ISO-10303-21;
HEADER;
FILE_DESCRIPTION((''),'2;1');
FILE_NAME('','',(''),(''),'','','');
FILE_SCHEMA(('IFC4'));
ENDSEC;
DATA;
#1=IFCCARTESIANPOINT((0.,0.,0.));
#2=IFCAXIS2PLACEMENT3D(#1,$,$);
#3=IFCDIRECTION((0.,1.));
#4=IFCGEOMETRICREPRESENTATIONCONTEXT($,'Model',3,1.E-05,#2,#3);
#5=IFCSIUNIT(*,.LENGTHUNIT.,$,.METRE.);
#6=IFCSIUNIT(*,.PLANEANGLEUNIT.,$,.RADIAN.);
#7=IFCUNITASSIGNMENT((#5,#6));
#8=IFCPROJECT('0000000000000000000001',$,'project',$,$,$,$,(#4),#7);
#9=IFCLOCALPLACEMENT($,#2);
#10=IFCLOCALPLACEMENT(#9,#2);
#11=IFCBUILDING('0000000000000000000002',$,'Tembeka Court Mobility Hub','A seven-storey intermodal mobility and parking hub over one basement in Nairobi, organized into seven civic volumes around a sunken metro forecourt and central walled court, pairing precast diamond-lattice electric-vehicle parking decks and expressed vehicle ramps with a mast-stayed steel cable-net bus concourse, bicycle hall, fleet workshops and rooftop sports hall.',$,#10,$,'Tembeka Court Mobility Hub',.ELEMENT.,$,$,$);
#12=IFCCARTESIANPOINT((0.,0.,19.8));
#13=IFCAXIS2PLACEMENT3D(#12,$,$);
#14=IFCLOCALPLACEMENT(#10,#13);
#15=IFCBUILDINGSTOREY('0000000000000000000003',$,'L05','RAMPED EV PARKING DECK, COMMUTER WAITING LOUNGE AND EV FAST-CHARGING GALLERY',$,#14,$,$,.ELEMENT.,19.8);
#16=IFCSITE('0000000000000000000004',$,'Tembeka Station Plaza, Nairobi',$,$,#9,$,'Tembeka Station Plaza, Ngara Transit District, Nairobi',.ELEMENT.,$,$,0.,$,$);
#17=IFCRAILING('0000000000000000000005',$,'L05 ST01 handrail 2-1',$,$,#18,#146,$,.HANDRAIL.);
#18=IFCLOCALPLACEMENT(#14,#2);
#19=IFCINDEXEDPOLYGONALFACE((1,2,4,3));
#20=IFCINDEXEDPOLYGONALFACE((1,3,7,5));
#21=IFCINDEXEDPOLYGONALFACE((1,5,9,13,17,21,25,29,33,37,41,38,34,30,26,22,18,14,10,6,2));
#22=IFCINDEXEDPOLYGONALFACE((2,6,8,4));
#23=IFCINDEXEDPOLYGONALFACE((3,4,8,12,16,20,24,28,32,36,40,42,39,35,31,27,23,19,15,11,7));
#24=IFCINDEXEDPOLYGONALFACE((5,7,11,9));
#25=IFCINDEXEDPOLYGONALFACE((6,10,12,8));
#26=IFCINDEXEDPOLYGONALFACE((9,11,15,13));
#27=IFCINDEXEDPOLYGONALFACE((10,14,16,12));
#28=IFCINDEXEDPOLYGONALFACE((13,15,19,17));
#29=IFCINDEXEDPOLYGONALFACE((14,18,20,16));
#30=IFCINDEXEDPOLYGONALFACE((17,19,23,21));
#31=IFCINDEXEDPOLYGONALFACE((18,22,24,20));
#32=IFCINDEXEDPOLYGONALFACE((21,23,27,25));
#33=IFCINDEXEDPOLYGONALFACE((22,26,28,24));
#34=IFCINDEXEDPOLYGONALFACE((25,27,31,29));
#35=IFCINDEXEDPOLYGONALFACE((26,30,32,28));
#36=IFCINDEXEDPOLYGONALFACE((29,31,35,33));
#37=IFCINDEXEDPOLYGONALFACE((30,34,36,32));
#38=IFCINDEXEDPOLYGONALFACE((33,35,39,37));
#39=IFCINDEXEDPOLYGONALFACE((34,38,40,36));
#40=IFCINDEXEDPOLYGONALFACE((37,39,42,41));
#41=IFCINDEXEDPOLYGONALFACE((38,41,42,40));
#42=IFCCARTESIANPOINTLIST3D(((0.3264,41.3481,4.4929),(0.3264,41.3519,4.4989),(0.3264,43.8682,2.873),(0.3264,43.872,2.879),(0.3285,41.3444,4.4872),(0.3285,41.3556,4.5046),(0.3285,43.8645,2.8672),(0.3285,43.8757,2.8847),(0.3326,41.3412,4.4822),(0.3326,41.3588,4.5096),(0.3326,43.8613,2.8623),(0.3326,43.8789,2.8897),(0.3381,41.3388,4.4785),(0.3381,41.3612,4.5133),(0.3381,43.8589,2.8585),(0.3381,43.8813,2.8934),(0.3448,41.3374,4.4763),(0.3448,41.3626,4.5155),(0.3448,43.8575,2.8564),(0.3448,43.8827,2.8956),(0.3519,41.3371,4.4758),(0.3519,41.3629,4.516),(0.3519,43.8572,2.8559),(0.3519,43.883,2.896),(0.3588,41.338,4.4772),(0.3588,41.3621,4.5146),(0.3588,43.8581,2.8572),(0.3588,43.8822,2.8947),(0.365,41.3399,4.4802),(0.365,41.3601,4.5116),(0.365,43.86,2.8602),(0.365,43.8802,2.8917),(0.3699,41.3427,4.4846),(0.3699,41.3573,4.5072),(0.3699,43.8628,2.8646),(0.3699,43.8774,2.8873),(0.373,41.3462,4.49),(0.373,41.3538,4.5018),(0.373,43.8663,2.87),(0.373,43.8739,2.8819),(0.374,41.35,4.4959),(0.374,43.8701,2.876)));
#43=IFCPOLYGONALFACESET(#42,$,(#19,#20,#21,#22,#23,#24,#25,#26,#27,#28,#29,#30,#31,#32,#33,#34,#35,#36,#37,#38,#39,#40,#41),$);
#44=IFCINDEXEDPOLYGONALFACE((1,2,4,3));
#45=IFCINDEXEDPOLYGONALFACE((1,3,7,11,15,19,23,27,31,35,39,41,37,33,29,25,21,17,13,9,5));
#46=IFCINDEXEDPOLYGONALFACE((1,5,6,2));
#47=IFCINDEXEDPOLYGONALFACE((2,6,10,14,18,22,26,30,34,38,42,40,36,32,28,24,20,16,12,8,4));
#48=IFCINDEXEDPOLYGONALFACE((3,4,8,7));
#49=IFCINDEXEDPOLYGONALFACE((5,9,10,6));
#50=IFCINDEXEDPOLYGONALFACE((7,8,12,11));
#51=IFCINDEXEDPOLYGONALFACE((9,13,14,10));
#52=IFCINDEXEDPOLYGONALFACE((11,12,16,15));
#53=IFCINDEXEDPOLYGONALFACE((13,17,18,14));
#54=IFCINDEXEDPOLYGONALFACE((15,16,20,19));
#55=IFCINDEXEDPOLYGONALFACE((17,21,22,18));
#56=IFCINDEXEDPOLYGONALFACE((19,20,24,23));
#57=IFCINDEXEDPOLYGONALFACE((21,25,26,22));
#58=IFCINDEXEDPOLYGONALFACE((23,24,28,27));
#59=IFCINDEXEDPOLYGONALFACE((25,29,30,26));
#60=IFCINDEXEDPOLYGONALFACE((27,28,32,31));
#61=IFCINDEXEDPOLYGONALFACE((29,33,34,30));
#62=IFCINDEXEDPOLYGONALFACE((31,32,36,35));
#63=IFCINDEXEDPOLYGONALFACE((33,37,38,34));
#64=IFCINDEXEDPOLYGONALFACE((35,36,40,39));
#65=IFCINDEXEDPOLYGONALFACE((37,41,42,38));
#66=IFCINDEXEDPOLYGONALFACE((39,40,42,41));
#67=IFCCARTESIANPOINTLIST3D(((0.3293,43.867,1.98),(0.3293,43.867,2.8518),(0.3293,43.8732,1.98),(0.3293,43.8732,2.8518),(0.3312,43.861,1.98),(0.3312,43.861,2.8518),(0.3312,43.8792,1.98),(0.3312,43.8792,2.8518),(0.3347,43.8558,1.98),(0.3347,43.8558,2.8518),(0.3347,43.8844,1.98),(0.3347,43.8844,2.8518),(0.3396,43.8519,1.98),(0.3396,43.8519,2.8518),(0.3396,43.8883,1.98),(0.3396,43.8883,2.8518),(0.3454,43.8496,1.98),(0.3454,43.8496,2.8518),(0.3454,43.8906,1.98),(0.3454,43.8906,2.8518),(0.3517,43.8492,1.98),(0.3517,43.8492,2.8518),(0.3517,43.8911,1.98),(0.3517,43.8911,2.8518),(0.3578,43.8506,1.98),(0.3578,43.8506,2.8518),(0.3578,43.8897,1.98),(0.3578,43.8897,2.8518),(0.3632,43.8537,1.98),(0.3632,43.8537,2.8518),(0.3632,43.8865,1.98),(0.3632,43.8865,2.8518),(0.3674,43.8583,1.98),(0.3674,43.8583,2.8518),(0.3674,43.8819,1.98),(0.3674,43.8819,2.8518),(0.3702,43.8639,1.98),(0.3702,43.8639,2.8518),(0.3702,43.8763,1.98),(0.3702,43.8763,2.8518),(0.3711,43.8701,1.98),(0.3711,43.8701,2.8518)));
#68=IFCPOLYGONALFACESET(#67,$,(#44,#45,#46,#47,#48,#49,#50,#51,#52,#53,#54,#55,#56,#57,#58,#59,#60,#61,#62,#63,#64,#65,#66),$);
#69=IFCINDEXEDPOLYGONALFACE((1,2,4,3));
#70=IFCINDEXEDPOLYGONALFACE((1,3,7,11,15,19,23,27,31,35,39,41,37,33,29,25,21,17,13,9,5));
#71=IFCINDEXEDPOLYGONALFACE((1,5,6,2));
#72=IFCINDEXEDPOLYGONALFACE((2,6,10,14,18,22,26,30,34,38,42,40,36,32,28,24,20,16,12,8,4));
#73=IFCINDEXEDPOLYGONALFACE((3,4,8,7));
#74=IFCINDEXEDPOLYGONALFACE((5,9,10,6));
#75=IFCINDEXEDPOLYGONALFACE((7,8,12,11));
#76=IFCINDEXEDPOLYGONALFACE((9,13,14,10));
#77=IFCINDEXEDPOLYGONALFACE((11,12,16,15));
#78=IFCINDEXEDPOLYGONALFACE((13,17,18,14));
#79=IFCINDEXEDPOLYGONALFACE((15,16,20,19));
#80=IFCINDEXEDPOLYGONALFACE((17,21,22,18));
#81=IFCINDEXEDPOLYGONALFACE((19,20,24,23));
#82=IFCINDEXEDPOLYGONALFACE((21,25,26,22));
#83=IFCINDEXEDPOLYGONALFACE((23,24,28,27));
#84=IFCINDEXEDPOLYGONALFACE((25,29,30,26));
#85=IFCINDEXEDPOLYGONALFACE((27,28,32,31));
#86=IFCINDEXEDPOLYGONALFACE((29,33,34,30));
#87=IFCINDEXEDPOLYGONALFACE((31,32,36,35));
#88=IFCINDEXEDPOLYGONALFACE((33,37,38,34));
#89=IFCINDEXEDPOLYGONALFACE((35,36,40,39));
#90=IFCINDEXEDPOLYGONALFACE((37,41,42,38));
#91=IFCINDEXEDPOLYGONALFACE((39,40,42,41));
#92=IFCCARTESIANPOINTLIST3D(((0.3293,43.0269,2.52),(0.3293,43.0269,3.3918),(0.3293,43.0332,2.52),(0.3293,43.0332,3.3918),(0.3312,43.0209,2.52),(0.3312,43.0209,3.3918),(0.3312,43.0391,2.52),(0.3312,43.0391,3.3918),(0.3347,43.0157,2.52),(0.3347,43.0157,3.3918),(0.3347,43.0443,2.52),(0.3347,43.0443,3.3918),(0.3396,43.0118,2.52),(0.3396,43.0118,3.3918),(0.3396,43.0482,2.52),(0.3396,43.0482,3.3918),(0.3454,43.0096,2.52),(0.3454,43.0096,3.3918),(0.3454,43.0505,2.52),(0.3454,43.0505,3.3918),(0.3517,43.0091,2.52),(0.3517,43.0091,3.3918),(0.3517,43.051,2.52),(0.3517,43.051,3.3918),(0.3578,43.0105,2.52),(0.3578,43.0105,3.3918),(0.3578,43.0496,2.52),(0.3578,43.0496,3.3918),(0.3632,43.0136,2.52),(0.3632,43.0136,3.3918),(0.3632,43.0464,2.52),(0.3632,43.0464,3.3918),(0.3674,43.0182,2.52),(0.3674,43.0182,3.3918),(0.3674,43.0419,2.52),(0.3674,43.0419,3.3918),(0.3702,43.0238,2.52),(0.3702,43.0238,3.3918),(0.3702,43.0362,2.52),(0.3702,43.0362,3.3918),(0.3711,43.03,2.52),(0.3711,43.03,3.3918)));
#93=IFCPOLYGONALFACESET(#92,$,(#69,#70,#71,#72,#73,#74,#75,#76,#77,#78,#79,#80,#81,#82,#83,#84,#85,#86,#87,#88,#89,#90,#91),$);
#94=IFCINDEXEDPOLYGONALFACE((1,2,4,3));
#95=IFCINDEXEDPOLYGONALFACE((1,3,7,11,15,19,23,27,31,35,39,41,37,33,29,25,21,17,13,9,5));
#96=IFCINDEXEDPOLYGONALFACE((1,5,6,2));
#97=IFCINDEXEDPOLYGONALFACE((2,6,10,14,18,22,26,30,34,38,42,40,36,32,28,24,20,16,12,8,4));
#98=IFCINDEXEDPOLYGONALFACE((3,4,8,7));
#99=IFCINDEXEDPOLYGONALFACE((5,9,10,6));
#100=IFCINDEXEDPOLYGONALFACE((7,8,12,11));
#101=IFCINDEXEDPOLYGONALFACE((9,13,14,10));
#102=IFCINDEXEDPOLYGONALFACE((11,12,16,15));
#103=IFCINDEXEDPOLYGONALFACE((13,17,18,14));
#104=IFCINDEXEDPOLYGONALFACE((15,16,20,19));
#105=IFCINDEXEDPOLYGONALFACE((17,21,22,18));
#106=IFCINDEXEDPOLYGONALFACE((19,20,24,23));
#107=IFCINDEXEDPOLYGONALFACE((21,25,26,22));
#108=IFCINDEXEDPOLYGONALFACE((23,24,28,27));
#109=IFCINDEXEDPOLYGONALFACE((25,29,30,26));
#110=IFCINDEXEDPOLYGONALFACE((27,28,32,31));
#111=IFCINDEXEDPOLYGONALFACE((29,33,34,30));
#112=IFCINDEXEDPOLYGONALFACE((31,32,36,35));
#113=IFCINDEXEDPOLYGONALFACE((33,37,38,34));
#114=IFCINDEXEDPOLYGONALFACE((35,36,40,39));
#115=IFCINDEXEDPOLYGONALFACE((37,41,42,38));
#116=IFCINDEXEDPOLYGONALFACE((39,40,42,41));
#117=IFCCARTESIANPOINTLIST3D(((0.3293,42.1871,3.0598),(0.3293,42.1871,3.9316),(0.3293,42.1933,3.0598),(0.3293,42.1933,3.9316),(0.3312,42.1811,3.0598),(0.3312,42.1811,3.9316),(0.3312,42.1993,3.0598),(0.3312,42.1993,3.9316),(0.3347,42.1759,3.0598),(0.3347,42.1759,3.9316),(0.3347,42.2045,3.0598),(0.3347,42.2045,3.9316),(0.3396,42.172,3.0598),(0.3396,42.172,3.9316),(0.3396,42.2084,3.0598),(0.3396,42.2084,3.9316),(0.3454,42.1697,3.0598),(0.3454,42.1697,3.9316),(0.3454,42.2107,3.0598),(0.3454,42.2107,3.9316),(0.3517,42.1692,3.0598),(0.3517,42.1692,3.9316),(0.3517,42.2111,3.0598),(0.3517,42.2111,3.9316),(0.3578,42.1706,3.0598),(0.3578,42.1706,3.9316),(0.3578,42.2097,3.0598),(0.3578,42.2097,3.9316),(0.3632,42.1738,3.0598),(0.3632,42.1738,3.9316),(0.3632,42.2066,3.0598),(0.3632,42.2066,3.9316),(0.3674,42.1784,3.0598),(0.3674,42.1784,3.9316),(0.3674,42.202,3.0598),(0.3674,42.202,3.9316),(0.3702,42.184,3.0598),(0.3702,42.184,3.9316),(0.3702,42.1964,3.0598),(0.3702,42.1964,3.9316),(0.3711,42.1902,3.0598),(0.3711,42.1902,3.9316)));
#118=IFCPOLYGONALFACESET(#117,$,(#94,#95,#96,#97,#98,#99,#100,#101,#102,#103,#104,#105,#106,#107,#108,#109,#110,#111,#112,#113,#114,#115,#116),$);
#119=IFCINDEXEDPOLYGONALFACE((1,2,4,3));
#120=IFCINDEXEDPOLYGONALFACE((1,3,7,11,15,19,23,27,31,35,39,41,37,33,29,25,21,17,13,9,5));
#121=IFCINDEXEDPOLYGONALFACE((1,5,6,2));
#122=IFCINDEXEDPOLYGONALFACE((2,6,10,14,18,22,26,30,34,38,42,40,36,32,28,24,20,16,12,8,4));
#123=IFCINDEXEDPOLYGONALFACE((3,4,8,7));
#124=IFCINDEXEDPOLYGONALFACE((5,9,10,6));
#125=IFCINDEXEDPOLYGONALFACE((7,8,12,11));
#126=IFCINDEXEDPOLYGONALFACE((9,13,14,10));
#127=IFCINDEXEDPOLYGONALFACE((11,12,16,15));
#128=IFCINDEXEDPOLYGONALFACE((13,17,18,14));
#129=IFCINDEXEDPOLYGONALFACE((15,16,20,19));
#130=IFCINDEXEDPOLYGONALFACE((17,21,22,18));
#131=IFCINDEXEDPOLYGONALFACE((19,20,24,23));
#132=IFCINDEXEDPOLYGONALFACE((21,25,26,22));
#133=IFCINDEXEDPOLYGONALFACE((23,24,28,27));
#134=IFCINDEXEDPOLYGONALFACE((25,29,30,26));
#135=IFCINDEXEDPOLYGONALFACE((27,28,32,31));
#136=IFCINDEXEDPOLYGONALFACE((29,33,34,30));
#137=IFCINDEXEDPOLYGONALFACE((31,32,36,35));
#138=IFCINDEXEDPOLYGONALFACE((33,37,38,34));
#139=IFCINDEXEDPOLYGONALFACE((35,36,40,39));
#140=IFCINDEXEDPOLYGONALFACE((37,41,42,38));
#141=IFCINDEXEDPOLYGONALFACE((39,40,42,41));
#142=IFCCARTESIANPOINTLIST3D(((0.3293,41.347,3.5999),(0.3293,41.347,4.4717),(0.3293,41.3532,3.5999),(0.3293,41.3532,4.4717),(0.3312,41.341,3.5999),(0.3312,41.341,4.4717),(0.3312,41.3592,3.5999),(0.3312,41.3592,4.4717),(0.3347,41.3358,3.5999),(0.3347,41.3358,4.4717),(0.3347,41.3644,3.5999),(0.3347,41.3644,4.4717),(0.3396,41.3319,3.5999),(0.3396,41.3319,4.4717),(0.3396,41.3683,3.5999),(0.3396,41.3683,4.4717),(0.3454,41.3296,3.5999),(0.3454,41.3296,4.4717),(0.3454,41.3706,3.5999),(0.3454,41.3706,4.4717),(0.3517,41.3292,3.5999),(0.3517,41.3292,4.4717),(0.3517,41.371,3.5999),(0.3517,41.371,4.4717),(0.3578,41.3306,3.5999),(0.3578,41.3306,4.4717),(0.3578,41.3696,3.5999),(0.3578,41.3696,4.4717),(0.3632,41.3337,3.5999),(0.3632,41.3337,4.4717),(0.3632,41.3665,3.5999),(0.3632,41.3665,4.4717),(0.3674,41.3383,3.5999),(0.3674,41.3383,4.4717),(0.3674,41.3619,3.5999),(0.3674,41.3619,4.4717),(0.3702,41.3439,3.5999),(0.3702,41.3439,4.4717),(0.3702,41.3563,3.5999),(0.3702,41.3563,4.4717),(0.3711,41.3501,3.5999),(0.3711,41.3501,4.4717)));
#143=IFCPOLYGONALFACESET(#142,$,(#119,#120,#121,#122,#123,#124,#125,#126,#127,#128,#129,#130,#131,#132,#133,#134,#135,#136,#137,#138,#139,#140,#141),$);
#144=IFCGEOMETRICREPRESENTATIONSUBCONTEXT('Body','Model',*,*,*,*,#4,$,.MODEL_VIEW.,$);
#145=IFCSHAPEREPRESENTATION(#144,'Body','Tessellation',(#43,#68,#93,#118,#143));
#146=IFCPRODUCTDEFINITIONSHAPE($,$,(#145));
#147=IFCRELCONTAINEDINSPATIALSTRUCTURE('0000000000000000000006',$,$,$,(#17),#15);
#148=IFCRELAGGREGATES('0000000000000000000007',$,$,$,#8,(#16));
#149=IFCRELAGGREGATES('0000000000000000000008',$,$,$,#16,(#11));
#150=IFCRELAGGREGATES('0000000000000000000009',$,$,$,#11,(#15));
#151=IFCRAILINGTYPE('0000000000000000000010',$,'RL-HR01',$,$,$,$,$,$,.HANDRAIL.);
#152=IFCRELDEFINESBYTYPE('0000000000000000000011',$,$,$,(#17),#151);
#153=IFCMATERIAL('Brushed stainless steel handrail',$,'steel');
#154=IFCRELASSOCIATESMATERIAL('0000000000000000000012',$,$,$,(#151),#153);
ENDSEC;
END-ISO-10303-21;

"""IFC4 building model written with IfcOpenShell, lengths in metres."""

from ifc_helpers import new_model, si_unit, direction, frame, origin, origin_2d, place, context, subcontext, project, spatial, circle, extrude, material, type_object, element, save


model = new_model("IFC4")

# Units and contexts
model_context = context("Model", 3, precision=1e-05, world=origin(), true_north=direction((0.0, 1.0)))
body_context = subcontext(model_context, "Body", "Model", "MODEL_VIEW")
ifc_project = project(units=[si_unit("LENGTHUNIT", "METRE"), si_unit("PLANEANGLEUNIT", "RADIAN")], contexts=[model_context])

# Site, building, storey
site_placement = place(None, origin())
site = spatial("IfcSite", under=ifc_project, at=site_placement, Name="Tembeka Station Plaza, Nairobi", LongName="Tembeka Station Plaza, Ngara Transit District, Nairobi", CompositionType="ELEMENT", RefElevation=0.0)
building_placement = place(site_placement, origin())
building = spatial("IfcBuilding", under=site, at=building_placement, Name="Tembeka Court Mobility Hub", Description="A seven-storey intermodal mobility and parking hub over one basement in Nairobi, organized into seven civic volumes around a sunken metro forecourt and central walled court, pairing precast diamond-lattice electric-vehicle parking decks and expressed vehicle ramps with a mast-stayed steel cable-net bus concourse, bicycle hall, fleet workshops and rooftop sports hall.", LongName="Tembeka Court Mobility Hub", CompositionType="ELEMENT")
storey_placement = place(building_placement, frame((0.0, 0.0, 19.8)))
storey = spatial("IfcBuildingStorey", under=building, at=storey_placement, Name="L05", Description="RAMPED EV PARKING DECK, COMMUTER WAITING LOUNGE AND EV FAST-CHARGING GALLERY", CompositionType="ELEMENT", Elevation=19.8)

# Railing
ifc_material_1 = material(Name="Brushed stainless steel handrail", Category="steel")
railing_type_1 = type_object("IfcRailingType", Name="RL-HR01", PredefinedType="HANDRAIL", material=ifc_material_1)
railing_1_placement = place(storey_placement, frame((0.3501, 43.8701, 1.98)))
element("IfcRailing", 1, at=railing_1_placement, inside=storey, type_object=railing_type_1, Name="L05 ST01 handrail 2-1", PredefinedType="HANDRAIL", context=body_context, shape_type="SweptSolid", body=[
    extrude(circle(Radius=0.0239, at=origin_2d()), frame((0.0, 0.0, 0.896), z_axis=(0.0, -0.8412, 0.540725), x_axis=(1.0, 0.0, 0.0)), (0.0, 0.0, 1.0), 2.9958),
    extrude(circle(Radius=0.021, at=origin_2d()), origin(), (0.0, 0.0, 1.0), 0.8718),
    extrude(circle(Radius=0.021, at=origin_2d()), frame((0.0, -0.8401, 0.54)), (0.0, 0.0, 1.0), 0.8718),
    extrude(circle(Radius=0.021, at=origin_2d()), frame((0.0, -1.6799, 1.0798)), (0.0, 0.0, 1.0), 0.8718),
    extrude(circle(Radius=0.021, at=origin_2d()), frame((0.0, -2.52, 1.6199)), (0.0, 0.0, 1.0), 0.8718),
])

save(model, "model.ifc")
